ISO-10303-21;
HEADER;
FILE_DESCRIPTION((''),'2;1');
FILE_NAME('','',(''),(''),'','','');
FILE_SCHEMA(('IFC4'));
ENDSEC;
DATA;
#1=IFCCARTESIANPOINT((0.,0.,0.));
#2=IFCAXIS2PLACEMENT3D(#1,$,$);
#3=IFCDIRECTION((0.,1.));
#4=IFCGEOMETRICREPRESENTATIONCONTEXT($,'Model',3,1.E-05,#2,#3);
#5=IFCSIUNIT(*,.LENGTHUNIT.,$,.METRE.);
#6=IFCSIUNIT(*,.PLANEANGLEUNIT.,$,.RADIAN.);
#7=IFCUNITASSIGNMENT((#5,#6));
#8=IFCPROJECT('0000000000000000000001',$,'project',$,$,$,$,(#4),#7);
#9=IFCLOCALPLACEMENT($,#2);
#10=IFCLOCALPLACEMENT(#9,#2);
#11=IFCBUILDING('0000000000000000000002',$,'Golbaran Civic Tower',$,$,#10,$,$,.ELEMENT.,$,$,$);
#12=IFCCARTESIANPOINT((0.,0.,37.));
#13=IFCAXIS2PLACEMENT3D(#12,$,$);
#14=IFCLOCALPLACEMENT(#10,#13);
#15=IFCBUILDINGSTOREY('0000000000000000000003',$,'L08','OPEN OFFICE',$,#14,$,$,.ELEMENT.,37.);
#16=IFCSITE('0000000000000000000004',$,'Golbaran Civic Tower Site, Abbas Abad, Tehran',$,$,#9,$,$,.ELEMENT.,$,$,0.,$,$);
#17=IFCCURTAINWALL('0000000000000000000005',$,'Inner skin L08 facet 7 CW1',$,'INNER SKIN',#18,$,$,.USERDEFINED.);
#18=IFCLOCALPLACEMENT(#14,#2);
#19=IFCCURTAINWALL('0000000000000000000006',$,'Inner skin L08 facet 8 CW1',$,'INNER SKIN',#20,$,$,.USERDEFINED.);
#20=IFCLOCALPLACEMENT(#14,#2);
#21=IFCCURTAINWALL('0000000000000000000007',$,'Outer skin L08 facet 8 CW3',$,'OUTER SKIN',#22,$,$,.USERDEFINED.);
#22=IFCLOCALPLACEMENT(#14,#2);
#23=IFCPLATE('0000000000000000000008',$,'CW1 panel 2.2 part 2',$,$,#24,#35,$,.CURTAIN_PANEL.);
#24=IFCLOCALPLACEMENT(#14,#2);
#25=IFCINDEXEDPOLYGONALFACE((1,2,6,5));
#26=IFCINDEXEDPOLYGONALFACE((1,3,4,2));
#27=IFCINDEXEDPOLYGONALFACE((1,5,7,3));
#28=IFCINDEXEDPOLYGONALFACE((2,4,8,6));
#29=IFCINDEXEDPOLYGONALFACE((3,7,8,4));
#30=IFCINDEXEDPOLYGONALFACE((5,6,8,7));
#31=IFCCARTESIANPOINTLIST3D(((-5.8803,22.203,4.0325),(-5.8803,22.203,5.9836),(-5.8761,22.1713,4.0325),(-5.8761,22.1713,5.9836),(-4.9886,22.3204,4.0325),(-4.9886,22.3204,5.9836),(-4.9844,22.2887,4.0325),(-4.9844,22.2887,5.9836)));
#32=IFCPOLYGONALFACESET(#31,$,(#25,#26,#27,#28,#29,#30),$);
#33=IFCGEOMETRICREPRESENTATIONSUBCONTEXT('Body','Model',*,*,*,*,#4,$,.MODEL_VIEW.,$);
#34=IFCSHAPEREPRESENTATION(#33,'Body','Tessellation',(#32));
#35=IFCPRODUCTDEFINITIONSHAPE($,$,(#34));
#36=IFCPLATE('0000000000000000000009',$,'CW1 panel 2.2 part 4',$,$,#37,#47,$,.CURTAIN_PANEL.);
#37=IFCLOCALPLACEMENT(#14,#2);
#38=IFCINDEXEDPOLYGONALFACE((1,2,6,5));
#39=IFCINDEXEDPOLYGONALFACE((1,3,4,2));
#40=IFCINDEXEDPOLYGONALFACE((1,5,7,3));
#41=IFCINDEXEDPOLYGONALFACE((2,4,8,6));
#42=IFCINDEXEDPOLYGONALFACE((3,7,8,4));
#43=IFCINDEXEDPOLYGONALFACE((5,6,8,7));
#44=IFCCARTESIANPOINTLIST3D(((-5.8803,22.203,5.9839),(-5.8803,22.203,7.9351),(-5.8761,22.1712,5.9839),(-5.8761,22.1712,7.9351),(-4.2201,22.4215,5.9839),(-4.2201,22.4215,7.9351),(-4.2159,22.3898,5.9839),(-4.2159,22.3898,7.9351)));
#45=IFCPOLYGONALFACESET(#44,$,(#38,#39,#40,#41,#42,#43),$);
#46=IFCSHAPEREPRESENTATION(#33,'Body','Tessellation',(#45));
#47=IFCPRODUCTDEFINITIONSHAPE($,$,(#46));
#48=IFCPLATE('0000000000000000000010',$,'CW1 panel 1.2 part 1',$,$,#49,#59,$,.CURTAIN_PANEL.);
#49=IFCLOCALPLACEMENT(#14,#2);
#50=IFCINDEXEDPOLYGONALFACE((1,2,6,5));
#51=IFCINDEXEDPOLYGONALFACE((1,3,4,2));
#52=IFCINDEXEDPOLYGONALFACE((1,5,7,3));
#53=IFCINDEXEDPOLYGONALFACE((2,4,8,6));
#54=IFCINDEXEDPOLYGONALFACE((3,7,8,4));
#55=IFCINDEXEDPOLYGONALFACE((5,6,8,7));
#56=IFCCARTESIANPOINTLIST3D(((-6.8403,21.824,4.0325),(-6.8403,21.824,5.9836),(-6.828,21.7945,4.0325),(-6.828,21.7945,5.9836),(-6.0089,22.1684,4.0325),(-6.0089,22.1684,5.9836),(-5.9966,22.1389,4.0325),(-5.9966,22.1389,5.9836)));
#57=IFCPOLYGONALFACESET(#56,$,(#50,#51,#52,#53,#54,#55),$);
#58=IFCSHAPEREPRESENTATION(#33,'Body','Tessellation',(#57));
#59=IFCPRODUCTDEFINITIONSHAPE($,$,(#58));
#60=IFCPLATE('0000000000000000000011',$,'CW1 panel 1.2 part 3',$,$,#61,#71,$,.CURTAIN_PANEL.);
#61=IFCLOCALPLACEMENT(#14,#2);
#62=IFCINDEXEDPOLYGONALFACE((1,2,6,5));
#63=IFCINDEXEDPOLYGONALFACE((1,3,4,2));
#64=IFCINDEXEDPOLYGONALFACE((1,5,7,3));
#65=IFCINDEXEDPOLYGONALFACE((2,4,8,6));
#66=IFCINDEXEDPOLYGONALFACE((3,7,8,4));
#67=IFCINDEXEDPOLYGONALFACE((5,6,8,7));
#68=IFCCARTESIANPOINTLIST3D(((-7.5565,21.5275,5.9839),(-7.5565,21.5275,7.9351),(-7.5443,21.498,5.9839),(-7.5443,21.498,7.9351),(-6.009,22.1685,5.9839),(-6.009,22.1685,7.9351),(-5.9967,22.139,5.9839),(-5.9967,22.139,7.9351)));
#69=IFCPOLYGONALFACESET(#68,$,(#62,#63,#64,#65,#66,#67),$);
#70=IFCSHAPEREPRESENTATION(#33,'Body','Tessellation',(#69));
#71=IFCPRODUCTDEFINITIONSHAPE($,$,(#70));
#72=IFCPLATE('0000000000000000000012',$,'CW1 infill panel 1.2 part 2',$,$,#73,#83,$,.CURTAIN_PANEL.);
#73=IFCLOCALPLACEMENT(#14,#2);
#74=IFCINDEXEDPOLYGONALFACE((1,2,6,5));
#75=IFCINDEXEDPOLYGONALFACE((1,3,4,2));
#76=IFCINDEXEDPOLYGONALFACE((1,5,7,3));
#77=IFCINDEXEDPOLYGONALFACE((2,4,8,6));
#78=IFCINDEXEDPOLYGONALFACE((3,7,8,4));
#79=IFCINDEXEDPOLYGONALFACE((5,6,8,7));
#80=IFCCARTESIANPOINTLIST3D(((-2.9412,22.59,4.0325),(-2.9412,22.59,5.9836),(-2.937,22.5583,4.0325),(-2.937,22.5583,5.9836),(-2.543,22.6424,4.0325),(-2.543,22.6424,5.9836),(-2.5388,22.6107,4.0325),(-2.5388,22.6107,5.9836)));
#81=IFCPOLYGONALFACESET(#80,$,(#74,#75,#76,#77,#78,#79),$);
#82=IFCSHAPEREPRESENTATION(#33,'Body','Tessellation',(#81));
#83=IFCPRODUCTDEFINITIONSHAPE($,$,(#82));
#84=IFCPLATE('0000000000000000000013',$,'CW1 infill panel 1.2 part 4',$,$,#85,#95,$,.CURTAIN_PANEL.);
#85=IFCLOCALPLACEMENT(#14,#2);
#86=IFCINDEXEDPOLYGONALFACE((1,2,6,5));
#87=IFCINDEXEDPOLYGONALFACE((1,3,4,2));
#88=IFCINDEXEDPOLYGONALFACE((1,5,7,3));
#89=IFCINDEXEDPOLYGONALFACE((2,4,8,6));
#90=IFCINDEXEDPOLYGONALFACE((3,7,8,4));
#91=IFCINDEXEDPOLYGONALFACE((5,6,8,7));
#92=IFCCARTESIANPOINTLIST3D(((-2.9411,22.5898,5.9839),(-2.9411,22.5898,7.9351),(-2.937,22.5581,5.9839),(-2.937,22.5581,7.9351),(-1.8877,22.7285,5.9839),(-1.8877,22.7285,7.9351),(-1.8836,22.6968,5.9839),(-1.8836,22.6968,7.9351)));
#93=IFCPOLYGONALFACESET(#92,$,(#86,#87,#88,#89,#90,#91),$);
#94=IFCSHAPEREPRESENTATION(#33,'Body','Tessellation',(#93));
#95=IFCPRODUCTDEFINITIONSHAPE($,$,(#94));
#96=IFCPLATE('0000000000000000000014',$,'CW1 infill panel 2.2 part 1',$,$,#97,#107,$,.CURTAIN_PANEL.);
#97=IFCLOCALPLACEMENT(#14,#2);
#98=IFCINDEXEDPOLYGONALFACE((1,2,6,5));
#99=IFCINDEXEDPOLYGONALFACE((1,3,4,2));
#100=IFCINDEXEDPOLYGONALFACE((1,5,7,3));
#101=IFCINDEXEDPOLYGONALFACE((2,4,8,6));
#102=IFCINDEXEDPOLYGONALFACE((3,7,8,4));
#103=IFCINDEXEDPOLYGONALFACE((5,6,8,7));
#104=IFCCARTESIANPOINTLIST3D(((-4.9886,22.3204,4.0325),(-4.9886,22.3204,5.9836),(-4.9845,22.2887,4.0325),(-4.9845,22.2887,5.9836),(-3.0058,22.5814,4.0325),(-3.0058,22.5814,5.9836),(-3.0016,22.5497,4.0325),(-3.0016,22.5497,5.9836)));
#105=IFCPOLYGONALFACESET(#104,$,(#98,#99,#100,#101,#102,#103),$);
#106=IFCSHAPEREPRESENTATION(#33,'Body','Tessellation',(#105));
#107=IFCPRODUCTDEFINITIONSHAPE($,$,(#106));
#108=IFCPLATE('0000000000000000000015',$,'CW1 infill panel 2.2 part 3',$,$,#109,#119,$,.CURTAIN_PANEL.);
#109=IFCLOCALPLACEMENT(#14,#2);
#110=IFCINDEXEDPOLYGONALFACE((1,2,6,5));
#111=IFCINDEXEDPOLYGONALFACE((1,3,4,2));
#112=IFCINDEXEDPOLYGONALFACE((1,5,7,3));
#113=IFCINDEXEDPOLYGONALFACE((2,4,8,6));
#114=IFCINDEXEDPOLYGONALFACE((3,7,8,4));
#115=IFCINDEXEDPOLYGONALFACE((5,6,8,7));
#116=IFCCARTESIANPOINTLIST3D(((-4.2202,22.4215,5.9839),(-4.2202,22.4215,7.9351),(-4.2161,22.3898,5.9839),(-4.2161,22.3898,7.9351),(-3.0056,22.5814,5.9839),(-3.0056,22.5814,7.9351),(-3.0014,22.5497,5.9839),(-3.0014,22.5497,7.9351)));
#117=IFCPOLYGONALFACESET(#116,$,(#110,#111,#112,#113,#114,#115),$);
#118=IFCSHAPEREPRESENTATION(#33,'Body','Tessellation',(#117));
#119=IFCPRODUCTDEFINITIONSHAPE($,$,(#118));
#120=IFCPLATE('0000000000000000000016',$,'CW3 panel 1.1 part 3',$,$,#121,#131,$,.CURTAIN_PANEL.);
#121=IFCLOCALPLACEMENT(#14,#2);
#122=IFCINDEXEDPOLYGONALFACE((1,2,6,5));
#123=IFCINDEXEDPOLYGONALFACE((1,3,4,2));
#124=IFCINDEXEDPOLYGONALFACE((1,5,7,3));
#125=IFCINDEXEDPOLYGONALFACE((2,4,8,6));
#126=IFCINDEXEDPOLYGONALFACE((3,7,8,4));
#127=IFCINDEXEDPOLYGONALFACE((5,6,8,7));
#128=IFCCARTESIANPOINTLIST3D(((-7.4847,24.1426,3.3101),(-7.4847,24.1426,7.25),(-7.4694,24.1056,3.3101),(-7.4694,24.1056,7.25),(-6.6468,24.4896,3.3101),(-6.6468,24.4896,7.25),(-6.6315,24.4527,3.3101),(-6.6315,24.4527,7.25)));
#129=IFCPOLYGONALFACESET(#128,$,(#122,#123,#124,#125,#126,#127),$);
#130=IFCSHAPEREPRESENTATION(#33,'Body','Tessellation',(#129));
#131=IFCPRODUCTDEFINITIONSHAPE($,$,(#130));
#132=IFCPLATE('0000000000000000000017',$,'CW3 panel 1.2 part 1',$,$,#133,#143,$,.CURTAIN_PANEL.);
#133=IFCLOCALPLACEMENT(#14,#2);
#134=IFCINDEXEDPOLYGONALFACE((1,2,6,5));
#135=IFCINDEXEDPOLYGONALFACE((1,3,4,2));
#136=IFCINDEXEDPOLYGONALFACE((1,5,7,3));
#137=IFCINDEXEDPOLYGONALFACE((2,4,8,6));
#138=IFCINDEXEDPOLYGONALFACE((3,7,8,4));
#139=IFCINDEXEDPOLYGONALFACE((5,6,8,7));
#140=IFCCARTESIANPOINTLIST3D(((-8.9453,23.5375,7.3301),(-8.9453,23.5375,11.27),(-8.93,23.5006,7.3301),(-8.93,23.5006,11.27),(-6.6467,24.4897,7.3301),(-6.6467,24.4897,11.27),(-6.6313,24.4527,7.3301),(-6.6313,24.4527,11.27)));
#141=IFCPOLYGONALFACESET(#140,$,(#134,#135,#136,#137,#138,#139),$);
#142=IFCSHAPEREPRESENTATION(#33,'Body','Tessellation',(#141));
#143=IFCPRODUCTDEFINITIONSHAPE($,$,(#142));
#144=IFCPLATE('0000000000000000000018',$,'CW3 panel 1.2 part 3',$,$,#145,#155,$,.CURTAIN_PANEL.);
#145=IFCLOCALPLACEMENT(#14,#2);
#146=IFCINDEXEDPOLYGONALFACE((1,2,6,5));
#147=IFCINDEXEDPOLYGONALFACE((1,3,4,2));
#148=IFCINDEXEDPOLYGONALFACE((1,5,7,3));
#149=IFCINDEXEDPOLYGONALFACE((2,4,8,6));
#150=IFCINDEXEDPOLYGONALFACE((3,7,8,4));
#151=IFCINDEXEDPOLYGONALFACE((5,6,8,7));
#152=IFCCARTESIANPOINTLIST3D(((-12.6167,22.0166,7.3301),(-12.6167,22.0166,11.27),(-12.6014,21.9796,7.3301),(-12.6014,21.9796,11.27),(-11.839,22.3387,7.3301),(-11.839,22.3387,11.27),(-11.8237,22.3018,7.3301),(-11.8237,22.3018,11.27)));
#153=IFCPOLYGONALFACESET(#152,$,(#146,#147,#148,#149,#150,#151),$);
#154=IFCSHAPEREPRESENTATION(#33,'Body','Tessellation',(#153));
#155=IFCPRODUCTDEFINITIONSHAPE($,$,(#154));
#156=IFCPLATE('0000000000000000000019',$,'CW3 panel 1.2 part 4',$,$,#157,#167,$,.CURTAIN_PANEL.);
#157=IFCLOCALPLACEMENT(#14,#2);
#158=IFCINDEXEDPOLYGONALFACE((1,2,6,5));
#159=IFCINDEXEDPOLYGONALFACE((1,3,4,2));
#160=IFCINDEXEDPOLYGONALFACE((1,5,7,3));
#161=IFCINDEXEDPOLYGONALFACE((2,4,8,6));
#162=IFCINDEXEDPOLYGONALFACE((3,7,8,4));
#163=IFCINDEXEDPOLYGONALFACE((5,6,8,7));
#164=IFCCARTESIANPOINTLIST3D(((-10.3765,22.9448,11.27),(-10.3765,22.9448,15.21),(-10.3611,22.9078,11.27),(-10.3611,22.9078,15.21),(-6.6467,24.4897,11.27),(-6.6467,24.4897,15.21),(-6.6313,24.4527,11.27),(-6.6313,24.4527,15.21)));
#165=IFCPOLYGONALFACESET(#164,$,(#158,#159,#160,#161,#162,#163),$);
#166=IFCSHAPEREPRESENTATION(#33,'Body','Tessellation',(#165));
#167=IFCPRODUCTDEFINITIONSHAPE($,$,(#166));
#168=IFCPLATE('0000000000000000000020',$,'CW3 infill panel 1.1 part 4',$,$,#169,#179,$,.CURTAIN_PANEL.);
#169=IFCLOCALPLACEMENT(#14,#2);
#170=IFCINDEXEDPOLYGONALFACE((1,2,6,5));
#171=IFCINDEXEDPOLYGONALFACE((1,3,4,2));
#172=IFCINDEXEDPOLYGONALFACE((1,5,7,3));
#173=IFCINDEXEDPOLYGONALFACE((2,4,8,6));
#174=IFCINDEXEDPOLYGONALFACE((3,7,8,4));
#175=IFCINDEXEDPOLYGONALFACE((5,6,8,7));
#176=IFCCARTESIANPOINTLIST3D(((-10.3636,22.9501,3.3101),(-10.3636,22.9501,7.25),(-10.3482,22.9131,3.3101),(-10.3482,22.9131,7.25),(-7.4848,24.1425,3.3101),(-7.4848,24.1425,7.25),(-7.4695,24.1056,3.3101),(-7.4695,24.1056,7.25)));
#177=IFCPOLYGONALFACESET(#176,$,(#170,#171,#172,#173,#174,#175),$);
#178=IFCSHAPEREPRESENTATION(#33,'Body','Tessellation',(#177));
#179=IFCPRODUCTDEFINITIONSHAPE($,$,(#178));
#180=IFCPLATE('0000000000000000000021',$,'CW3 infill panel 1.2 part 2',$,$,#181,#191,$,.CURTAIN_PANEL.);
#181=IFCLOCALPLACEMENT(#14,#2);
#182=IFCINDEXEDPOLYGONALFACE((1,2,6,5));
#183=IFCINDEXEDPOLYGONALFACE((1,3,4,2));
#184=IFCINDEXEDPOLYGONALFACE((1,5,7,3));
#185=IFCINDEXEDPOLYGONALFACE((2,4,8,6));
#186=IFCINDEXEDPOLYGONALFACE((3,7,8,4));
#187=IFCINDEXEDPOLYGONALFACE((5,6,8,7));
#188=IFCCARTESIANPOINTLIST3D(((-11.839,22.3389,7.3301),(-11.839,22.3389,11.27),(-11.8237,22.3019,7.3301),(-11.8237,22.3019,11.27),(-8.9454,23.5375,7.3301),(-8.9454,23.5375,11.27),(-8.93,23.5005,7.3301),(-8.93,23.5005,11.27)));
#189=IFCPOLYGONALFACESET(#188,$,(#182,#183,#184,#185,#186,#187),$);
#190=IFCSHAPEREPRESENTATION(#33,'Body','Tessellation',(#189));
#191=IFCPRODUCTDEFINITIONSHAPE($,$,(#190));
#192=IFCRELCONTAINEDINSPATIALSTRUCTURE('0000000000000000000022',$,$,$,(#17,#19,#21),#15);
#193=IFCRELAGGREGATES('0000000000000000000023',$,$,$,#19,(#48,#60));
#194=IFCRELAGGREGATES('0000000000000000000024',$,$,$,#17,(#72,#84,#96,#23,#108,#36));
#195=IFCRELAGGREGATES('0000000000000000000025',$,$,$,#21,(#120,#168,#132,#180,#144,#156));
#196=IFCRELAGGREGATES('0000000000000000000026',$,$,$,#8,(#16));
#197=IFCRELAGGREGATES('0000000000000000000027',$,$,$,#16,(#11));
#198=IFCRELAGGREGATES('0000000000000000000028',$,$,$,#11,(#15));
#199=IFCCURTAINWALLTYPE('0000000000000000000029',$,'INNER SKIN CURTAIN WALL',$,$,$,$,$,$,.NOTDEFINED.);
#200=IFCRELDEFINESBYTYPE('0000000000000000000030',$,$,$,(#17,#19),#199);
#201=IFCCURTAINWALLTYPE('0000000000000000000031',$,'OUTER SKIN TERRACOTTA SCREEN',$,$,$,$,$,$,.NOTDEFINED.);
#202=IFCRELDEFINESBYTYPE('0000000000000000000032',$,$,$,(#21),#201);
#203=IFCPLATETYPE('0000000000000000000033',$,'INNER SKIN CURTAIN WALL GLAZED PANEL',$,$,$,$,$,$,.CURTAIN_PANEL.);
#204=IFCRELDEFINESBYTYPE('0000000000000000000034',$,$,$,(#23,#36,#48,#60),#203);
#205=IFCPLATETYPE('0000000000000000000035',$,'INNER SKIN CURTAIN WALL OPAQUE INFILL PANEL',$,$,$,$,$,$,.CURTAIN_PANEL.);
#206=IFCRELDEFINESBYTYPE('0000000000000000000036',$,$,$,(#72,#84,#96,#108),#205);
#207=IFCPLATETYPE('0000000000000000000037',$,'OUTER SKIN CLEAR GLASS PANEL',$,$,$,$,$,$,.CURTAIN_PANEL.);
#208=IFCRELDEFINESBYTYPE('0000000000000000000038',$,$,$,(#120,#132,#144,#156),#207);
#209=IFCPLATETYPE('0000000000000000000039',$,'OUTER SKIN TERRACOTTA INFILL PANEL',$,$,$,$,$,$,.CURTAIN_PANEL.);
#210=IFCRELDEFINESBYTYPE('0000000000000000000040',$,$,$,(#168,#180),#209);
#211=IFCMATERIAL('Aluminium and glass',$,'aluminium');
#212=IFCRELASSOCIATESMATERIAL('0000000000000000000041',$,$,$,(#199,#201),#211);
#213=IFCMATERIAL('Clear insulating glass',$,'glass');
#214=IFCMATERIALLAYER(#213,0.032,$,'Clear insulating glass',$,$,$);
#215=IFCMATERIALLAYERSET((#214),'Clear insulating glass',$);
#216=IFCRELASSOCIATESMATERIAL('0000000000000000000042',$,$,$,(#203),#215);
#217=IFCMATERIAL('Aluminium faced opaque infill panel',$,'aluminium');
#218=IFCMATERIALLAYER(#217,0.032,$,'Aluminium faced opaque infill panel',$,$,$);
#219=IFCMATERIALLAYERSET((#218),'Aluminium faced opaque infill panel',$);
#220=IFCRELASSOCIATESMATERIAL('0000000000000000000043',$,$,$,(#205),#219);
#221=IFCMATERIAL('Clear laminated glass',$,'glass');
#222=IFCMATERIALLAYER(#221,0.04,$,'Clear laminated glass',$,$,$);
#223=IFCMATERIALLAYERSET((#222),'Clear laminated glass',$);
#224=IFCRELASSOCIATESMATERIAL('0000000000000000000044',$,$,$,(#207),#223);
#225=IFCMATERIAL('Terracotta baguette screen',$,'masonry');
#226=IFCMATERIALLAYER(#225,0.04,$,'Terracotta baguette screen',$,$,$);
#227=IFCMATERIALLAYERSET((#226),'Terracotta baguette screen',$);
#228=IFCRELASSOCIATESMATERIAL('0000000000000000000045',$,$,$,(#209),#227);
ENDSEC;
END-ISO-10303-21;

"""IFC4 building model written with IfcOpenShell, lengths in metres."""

from ifc_helpers import new_model, si_unit, direction, frame, origin, origin_2d, place, context, subcontext, project, spatial, rectangle, extrude, material, layer, layer_set, type_object, element, aggregate, save


model = new_model("IFC4")

# Units and contexts
model_context = context("Model", 3, precision=1e-05, world=origin(), true_north=direction((0.0, 1.0)))
body_context = subcontext(model_context, "Body", "Model", "MODEL_VIEW")
ifc_project = project(units=[si_unit("LENGTHUNIT", "METRE"), si_unit("PLANEANGLEUNIT", "RADIAN")], contexts=[model_context])

# Site, building, storey
site_placement = place(None, origin())
site = spatial("IfcSite", under=ifc_project, at=site_placement, Name="Golbaran Civic Tower Site, Abbas Abad, Tehran", CompositionType="ELEMENT", RefElevation=0.0)
building_placement = place(site_placement, origin())
building = spatial("IfcBuilding", under=site, at=building_placement, Name="Golbaran Civic Tower", CompositionType="ELEMENT")
storey_placement = place(building_placement, frame((0.0, 0.0, 37.0)))
storey = spatial("IfcBuildingStorey", under=building, at=storey_placement, Name="L08", Description="OPEN OFFICE", CompositionType="ELEMENT", Elevation=37.0)

# Curtain walls
ifc_material_1 = material(Name="Aluminium and glass", Category="aluminium")
curtain_wall_type_1 = type_object("IfcCurtainWallType", Name="INNER SKIN CURTAIN WALL", PredefinedType="NOTDEFINED", material=ifc_material_1)
curtain_wall_1_placement = place(storey_placement, origin())
curtain_wall_1 = element("IfcCurtainWall", 1, at=curtain_wall_1_placement, inside=storey, type_object=curtain_wall_type_1, Name="Inner skin L08 facet 7 CW1", ObjectType="INNER SKIN", PredefinedType="USERDEFINED")
curtain_wall_2_placement = place(storey_placement, origin())
curtain_wall_2 = element("IfcCurtainWall", 2, at=curtain_wall_2_placement, inside=storey, type_object=curtain_wall_type_1, Name="Inner skin L08 facet 8 CW1", ObjectType="INNER SKIN", PredefinedType="USERDEFINED")
curtain_wall_type_2 = type_object("IfcCurtainWallType", Name="OUTER SKIN TERRACOTTA SCREEN", PredefinedType="NOTDEFINED", material=ifc_material_1)
curtain_wall_3_placement = place(storey_placement, origin())
curtain_wall_3 = element("IfcCurtainWall", 3, at=curtain_wall_3_placement, inside=storey, type_object=curtain_wall_type_2, Name="Outer skin L08 facet 8 CW3", ObjectType="OUTER SKIN", PredefinedType="USERDEFINED")

# Plates
ifc_material_2 = material(Name="Clear insulating glass", Category="glass")
ifc_layer_1 = layer(ifc_material_2, 0.032, Name="Clear insulating glass")
ifc_layer_set_1 = layer_set([ifc_layer_1], Name="Clear insulating glass")
plate_type_1 = type_object("IfcPlateType", Name="INNER SKIN CURTAIN WALL GLAZED PANEL", PredefinedType="CURTAIN_PANEL", material=ifc_layer_set_1)
plate_1_placement = place(storey_placement, frame((-5.4324, 22.2458, 4.0325), z_axis=(0.0, 0.0, 1.0), x_axis=(-0.991445, -0.130526, 0.0)))
plate_1 = element("IfcPlate", 4, at=plate_1_placement, type_object=plate_type_1, Name="CW1 panel 2.2 part 2", PredefinedType="CURTAIN_PANEL", context=body_context, shape_type="SweptSolid", body=[
    extrude(rectangle(XDim=0.8994, YDim=0.032, at=origin_2d()), origin(), (0.0, 0.0, 1.0), 1.9512),
])
plate_2_placement = place(storey_placement, frame((-5.0481, 22.2964, 5.9839), z_axis=(0.0, 0.0, 1.0), x_axis=(-0.991445, -0.130526, 0.0)))
plate_2 = element("IfcPlate", 5, at=plate_2_placement, type_object=plate_type_1, Name="CW1 panel 2.2 part 4", PredefinedType="CURTAIN_PANEL", context=body_context, shape_type="SweptSolid", body=[
    extrude(rectangle(XDim=1.6746, YDim=0.032, at=origin_2d()), origin(), (0.0, 0.0, 1.0), 1.9512),
])
plate_3_placement = place(storey_placement, frame((-6.4185, 21.9814, 4.0325), z_axis=(0.0, 0.0, 1.0), x_axis=(-0.92388, -0.382683, 0.0)))
plate_3 = element("IfcPlate", 6, at=plate_3_placement, type_object=plate_type_1, Name="CW1 panel 1.2 part 1", PredefinedType="CURTAIN_PANEL", context=body_context, shape_type="SweptSolid", body=[
    extrude(rectangle(XDim=0.8999, YDim=0.032, at=origin_2d()), origin(), (0.0, 0.0, 1.0), 1.9512),
])
plate_4_placement = place(storey_placement, frame((-6.7766, 21.8333, 5.9839), z_axis=(0.0, 0.0, 1.0), x_axis=(-0.92388, -0.382683, 0.0)))
plate_4 = element("IfcPlate", 7, at=plate_4_placement, type_object=plate_type_1, Name="CW1 panel 1.2 part 3", PredefinedType="CURTAIN_PANEL", context=body_context, shape_type="SweptSolid", body=[
    extrude(rectangle(XDim=1.675, YDim=0.032, at=origin_2d()), origin(), (0.0, 0.0, 1.0), 1.9512),
])
aggregate(curtain_wall_2, [plate_3, plate_4])
ifc_material_3 = material(Name="Aluminium faced opaque infill panel", Category="aluminium")
ifc_layer_2 = layer(ifc_material_3, 0.032, Name="Aluminium faced opaque infill panel")
ifc_layer_set_2 = layer_set([ifc_layer_2], Name="Aluminium faced opaque infill panel")
plate_type_2 = type_object("IfcPlateType", Name="INNER SKIN CURTAIN WALL OPAQUE INFILL PANEL", PredefinedType="CURTAIN_PANEL", material=ifc_layer_set_2)
plate_5_placement = place(storey_placement, frame((-2.74, 22.6003, 4.0325), z_axis=(0.0, 0.0, 1.0), x_axis=(-0.991445, -0.130526, 0.0)))
plate_5 = element("IfcPlate", 8, at=plate_5_placement, type_object=plate_type_2, Name="CW1 infill panel 1.2 part 2", PredefinedType="CURTAIN_PANEL", context=body_context, shape_type="SweptSolid", body=[
    extrude(rectangle(XDim=0.4016, YDim=0.032, at=origin_2d()), origin(), (0.0, 0.0, 1.0), 1.9512),
])
plate_6_placement = place(storey_placement, frame((-2.4124, 22.6433, 5.9839), z_axis=(0.0, 0.0, 1.0), x_axis=(-0.991445, -0.130526, 0.0)))
plate_6 = element("IfcPlate", 9, at=plate_6_placement, type_object=plate_type_2, Name="CW1 infill panel 1.2 part 4", PredefinedType="CURTAIN_PANEL", context=body_context, shape_type="SweptSolid", body=[
    extrude(rectangle(XDim=1.0625, YDim=0.032, at=origin_2d()), origin(), (0.0, 0.0, 1.0), 1.9512),
])
plate_7_placement = place(storey_placement, frame((-3.9951, 22.4351, 4.0325), z_axis=(0.0, 0.0, 1.0), x_axis=(-0.991445, -0.130526, 0.0)))
plate_7 = element("IfcPlate", 10, at=plate_7_placement, type_object=plate_type_2, Name="CW1 infill panel 2.2 part 1", PredefinedType="CURTAIN_PANEL", context=body_context, shape_type="SweptSolid", body=[
    extrude(rectangle(XDim=2.0, YDim=0.032, at=origin_2d()), origin(), (0.0, 0.0, 1.0), 1.9512),
])
plate_8_placement = place(storey_placement, frame((-3.6108, 22.4856, 5.9839), z_axis=(0.0, 0.0, 1.0), x_axis=(-0.991445, -0.130526, 0.0)))
plate_8 = element("IfcPlate", 11, at=plate_8_placement, type_object=plate_type_2, Name="CW1 infill panel 2.2 part 3", PredefinedType="CURTAIN_PANEL", context=body_context, shape_type="SweptSolid", body=[
    extrude(rectangle(XDim=1.2251, YDim=0.032, at=origin_2d()), origin(), (0.0, 0.0, 1.0), 1.9512),
])
aggregate(curtain_wall_1, [plate_5, plate_6, plate_7, plate_1, plate_8, plate_2])
ifc_material_4 = material(Name="Clear laminated glass", Category="glass")
ifc_layer_3 = layer(ifc_material_4, 0.04, Name="Clear laminated glass")
ifc_layer_set_3 = layer_set([ifc_layer_3], Name="Clear laminated glass")
plate_type_3 = type_object("IfcPlateType", Name="OUTER SKIN CLEAR GLASS PANEL", PredefinedType="CURTAIN_PANEL", material=ifc_layer_set_3)
plate_9_placement = place(storey_placement, frame((-7.0581, 24.2976, 3.3101), z_axis=(0.0, 0.0, 1.0), x_axis=(-0.92388, -0.382683, 0.0)))
plate_9 = element("IfcPlate", 12, at=plate_9_placement, type_object=plate_type_3, Name="CW3 panel 1.1 part 3", PredefinedType="CURTAIN_PANEL", context=body_context, shape_type="SweptSolid", body=[
    extrude(rectangle(XDim=0.907, YDim=0.04, at=origin_2d()), origin(), (0.0, 0.0, 1.0), 3.9399),
])
plate_10_placement = place(storey_placement, frame((-7.7883, 23.9951, 7.3301), z_axis=(0.0, 0.0, 1.0), x_axis=(-0.92388, -0.382683, 0.0)))
plate_10 = element("IfcPlate", 13, at=plate_10_placement, type_object=plate_type_3, Name="CW3 panel 1.2 part 1", PredefinedType="CURTAIN_PANEL", context=body_context, shape_type="SweptSolid", body=[
    extrude(rectangle(XDim=2.488, YDim=0.04, at=origin_2d()), origin(), (0.0, 0.0, 1.0), 3.9399),
])
plate_11_placement = place(storey_placement, frame((-12.2202, 22.1592, 7.3301), z_axis=(0.0, 0.0, 1.0), x_axis=(-0.92388, -0.382683, 0.0)))
plate_11 = element("IfcPlate", 14, at=plate_11_placement, type_object=plate_type_3, Name="CW3 panel 1.2 part 3", PredefinedType="CURTAIN_PANEL", context=body_context, shape_type="SweptSolid", body=[
    extrude(rectangle(XDim=0.8418, YDim=0.04, at=origin_2d()), origin(), (0.0, 0.0, 1.0), 3.9399),
])
plate_12_placement = place(storey_placement, frame((-8.5039, 23.6987, 11.27), z_axis=(0.0, 0.0, 1.0), x_axis=(-0.92388, -0.382683, 0.0)))
plate_12 = element("IfcPlate", 15, at=plate_12_placement, type_object=plate_type_3, Name="CW3 panel 1.2 part 4", PredefinedType="CURTAIN_PANEL", context=body_context, shape_type="SweptSolid", body=[
    extrude(rectangle(XDim=4.0371, YDim=0.04, at=origin_2d()), origin(), (0.0, 0.0, 1.0), 3.9399),
])
ifc_material_5 = material(Name="Terracotta baguette screen", Category="masonry")
ifc_layer_4 = layer(ifc_material_5, 0.04, Name="Terracotta baguette screen")
ifc_layer_set_4 = layer_set([ifc_layer_4], Name="Terracotta baguette screen")
plate_type_4 = type_object("IfcPlateType", Name="OUTER SKIN TERRACOTTA INFILL PANEL", PredefinedType="CURTAIN_PANEL", material=ifc_layer_set_4)
plate_13_placement = place(storey_placement, frame((-8.9165, 23.5278, 3.3101), z_axis=(0.0, 0.0, 1.0), x_axis=(-0.92388, -0.382683, 0.0)))
plate_13 = element("IfcPlate", 16, at=plate_13_placement, type_object=plate_type_4, Name="CW3 infill panel 1.1 part 4", PredefinedType="CURTAIN_PANEL", context=body_context, shape_type="SweptSolid", body=[
    extrude(rectangle(XDim=3.116, YDim=0.04, at=origin_2d()), origin(), (0.0, 0.0, 1.0), 3.9399),
])
plate_14_placement = place(storey_placement, frame((-10.3845, 22.9197, 7.3301), z_axis=(0.0, 0.0, 1.0), x_axis=(-0.92388, -0.382683, 0.0)))
plate_14 = element("IfcPlate", 17, at=plate_14_placement, type_object=plate_type_4, Name="CW3 infill panel 1.2 part 2", PredefinedType="CURTAIN_PANEL", context=body_context, shape_type="SweptSolid", body=[
    extrude(rectangle(XDim=3.1321, YDim=0.04, at=origin_2d()), origin(), (0.0, 0.0, 1.0), 3.9399),
])
aggregate(curtain_wall_3, [plate_9, plate_13, plate_10, plate_14, plate_11, plate_12])

save(model, "model.ifc")
